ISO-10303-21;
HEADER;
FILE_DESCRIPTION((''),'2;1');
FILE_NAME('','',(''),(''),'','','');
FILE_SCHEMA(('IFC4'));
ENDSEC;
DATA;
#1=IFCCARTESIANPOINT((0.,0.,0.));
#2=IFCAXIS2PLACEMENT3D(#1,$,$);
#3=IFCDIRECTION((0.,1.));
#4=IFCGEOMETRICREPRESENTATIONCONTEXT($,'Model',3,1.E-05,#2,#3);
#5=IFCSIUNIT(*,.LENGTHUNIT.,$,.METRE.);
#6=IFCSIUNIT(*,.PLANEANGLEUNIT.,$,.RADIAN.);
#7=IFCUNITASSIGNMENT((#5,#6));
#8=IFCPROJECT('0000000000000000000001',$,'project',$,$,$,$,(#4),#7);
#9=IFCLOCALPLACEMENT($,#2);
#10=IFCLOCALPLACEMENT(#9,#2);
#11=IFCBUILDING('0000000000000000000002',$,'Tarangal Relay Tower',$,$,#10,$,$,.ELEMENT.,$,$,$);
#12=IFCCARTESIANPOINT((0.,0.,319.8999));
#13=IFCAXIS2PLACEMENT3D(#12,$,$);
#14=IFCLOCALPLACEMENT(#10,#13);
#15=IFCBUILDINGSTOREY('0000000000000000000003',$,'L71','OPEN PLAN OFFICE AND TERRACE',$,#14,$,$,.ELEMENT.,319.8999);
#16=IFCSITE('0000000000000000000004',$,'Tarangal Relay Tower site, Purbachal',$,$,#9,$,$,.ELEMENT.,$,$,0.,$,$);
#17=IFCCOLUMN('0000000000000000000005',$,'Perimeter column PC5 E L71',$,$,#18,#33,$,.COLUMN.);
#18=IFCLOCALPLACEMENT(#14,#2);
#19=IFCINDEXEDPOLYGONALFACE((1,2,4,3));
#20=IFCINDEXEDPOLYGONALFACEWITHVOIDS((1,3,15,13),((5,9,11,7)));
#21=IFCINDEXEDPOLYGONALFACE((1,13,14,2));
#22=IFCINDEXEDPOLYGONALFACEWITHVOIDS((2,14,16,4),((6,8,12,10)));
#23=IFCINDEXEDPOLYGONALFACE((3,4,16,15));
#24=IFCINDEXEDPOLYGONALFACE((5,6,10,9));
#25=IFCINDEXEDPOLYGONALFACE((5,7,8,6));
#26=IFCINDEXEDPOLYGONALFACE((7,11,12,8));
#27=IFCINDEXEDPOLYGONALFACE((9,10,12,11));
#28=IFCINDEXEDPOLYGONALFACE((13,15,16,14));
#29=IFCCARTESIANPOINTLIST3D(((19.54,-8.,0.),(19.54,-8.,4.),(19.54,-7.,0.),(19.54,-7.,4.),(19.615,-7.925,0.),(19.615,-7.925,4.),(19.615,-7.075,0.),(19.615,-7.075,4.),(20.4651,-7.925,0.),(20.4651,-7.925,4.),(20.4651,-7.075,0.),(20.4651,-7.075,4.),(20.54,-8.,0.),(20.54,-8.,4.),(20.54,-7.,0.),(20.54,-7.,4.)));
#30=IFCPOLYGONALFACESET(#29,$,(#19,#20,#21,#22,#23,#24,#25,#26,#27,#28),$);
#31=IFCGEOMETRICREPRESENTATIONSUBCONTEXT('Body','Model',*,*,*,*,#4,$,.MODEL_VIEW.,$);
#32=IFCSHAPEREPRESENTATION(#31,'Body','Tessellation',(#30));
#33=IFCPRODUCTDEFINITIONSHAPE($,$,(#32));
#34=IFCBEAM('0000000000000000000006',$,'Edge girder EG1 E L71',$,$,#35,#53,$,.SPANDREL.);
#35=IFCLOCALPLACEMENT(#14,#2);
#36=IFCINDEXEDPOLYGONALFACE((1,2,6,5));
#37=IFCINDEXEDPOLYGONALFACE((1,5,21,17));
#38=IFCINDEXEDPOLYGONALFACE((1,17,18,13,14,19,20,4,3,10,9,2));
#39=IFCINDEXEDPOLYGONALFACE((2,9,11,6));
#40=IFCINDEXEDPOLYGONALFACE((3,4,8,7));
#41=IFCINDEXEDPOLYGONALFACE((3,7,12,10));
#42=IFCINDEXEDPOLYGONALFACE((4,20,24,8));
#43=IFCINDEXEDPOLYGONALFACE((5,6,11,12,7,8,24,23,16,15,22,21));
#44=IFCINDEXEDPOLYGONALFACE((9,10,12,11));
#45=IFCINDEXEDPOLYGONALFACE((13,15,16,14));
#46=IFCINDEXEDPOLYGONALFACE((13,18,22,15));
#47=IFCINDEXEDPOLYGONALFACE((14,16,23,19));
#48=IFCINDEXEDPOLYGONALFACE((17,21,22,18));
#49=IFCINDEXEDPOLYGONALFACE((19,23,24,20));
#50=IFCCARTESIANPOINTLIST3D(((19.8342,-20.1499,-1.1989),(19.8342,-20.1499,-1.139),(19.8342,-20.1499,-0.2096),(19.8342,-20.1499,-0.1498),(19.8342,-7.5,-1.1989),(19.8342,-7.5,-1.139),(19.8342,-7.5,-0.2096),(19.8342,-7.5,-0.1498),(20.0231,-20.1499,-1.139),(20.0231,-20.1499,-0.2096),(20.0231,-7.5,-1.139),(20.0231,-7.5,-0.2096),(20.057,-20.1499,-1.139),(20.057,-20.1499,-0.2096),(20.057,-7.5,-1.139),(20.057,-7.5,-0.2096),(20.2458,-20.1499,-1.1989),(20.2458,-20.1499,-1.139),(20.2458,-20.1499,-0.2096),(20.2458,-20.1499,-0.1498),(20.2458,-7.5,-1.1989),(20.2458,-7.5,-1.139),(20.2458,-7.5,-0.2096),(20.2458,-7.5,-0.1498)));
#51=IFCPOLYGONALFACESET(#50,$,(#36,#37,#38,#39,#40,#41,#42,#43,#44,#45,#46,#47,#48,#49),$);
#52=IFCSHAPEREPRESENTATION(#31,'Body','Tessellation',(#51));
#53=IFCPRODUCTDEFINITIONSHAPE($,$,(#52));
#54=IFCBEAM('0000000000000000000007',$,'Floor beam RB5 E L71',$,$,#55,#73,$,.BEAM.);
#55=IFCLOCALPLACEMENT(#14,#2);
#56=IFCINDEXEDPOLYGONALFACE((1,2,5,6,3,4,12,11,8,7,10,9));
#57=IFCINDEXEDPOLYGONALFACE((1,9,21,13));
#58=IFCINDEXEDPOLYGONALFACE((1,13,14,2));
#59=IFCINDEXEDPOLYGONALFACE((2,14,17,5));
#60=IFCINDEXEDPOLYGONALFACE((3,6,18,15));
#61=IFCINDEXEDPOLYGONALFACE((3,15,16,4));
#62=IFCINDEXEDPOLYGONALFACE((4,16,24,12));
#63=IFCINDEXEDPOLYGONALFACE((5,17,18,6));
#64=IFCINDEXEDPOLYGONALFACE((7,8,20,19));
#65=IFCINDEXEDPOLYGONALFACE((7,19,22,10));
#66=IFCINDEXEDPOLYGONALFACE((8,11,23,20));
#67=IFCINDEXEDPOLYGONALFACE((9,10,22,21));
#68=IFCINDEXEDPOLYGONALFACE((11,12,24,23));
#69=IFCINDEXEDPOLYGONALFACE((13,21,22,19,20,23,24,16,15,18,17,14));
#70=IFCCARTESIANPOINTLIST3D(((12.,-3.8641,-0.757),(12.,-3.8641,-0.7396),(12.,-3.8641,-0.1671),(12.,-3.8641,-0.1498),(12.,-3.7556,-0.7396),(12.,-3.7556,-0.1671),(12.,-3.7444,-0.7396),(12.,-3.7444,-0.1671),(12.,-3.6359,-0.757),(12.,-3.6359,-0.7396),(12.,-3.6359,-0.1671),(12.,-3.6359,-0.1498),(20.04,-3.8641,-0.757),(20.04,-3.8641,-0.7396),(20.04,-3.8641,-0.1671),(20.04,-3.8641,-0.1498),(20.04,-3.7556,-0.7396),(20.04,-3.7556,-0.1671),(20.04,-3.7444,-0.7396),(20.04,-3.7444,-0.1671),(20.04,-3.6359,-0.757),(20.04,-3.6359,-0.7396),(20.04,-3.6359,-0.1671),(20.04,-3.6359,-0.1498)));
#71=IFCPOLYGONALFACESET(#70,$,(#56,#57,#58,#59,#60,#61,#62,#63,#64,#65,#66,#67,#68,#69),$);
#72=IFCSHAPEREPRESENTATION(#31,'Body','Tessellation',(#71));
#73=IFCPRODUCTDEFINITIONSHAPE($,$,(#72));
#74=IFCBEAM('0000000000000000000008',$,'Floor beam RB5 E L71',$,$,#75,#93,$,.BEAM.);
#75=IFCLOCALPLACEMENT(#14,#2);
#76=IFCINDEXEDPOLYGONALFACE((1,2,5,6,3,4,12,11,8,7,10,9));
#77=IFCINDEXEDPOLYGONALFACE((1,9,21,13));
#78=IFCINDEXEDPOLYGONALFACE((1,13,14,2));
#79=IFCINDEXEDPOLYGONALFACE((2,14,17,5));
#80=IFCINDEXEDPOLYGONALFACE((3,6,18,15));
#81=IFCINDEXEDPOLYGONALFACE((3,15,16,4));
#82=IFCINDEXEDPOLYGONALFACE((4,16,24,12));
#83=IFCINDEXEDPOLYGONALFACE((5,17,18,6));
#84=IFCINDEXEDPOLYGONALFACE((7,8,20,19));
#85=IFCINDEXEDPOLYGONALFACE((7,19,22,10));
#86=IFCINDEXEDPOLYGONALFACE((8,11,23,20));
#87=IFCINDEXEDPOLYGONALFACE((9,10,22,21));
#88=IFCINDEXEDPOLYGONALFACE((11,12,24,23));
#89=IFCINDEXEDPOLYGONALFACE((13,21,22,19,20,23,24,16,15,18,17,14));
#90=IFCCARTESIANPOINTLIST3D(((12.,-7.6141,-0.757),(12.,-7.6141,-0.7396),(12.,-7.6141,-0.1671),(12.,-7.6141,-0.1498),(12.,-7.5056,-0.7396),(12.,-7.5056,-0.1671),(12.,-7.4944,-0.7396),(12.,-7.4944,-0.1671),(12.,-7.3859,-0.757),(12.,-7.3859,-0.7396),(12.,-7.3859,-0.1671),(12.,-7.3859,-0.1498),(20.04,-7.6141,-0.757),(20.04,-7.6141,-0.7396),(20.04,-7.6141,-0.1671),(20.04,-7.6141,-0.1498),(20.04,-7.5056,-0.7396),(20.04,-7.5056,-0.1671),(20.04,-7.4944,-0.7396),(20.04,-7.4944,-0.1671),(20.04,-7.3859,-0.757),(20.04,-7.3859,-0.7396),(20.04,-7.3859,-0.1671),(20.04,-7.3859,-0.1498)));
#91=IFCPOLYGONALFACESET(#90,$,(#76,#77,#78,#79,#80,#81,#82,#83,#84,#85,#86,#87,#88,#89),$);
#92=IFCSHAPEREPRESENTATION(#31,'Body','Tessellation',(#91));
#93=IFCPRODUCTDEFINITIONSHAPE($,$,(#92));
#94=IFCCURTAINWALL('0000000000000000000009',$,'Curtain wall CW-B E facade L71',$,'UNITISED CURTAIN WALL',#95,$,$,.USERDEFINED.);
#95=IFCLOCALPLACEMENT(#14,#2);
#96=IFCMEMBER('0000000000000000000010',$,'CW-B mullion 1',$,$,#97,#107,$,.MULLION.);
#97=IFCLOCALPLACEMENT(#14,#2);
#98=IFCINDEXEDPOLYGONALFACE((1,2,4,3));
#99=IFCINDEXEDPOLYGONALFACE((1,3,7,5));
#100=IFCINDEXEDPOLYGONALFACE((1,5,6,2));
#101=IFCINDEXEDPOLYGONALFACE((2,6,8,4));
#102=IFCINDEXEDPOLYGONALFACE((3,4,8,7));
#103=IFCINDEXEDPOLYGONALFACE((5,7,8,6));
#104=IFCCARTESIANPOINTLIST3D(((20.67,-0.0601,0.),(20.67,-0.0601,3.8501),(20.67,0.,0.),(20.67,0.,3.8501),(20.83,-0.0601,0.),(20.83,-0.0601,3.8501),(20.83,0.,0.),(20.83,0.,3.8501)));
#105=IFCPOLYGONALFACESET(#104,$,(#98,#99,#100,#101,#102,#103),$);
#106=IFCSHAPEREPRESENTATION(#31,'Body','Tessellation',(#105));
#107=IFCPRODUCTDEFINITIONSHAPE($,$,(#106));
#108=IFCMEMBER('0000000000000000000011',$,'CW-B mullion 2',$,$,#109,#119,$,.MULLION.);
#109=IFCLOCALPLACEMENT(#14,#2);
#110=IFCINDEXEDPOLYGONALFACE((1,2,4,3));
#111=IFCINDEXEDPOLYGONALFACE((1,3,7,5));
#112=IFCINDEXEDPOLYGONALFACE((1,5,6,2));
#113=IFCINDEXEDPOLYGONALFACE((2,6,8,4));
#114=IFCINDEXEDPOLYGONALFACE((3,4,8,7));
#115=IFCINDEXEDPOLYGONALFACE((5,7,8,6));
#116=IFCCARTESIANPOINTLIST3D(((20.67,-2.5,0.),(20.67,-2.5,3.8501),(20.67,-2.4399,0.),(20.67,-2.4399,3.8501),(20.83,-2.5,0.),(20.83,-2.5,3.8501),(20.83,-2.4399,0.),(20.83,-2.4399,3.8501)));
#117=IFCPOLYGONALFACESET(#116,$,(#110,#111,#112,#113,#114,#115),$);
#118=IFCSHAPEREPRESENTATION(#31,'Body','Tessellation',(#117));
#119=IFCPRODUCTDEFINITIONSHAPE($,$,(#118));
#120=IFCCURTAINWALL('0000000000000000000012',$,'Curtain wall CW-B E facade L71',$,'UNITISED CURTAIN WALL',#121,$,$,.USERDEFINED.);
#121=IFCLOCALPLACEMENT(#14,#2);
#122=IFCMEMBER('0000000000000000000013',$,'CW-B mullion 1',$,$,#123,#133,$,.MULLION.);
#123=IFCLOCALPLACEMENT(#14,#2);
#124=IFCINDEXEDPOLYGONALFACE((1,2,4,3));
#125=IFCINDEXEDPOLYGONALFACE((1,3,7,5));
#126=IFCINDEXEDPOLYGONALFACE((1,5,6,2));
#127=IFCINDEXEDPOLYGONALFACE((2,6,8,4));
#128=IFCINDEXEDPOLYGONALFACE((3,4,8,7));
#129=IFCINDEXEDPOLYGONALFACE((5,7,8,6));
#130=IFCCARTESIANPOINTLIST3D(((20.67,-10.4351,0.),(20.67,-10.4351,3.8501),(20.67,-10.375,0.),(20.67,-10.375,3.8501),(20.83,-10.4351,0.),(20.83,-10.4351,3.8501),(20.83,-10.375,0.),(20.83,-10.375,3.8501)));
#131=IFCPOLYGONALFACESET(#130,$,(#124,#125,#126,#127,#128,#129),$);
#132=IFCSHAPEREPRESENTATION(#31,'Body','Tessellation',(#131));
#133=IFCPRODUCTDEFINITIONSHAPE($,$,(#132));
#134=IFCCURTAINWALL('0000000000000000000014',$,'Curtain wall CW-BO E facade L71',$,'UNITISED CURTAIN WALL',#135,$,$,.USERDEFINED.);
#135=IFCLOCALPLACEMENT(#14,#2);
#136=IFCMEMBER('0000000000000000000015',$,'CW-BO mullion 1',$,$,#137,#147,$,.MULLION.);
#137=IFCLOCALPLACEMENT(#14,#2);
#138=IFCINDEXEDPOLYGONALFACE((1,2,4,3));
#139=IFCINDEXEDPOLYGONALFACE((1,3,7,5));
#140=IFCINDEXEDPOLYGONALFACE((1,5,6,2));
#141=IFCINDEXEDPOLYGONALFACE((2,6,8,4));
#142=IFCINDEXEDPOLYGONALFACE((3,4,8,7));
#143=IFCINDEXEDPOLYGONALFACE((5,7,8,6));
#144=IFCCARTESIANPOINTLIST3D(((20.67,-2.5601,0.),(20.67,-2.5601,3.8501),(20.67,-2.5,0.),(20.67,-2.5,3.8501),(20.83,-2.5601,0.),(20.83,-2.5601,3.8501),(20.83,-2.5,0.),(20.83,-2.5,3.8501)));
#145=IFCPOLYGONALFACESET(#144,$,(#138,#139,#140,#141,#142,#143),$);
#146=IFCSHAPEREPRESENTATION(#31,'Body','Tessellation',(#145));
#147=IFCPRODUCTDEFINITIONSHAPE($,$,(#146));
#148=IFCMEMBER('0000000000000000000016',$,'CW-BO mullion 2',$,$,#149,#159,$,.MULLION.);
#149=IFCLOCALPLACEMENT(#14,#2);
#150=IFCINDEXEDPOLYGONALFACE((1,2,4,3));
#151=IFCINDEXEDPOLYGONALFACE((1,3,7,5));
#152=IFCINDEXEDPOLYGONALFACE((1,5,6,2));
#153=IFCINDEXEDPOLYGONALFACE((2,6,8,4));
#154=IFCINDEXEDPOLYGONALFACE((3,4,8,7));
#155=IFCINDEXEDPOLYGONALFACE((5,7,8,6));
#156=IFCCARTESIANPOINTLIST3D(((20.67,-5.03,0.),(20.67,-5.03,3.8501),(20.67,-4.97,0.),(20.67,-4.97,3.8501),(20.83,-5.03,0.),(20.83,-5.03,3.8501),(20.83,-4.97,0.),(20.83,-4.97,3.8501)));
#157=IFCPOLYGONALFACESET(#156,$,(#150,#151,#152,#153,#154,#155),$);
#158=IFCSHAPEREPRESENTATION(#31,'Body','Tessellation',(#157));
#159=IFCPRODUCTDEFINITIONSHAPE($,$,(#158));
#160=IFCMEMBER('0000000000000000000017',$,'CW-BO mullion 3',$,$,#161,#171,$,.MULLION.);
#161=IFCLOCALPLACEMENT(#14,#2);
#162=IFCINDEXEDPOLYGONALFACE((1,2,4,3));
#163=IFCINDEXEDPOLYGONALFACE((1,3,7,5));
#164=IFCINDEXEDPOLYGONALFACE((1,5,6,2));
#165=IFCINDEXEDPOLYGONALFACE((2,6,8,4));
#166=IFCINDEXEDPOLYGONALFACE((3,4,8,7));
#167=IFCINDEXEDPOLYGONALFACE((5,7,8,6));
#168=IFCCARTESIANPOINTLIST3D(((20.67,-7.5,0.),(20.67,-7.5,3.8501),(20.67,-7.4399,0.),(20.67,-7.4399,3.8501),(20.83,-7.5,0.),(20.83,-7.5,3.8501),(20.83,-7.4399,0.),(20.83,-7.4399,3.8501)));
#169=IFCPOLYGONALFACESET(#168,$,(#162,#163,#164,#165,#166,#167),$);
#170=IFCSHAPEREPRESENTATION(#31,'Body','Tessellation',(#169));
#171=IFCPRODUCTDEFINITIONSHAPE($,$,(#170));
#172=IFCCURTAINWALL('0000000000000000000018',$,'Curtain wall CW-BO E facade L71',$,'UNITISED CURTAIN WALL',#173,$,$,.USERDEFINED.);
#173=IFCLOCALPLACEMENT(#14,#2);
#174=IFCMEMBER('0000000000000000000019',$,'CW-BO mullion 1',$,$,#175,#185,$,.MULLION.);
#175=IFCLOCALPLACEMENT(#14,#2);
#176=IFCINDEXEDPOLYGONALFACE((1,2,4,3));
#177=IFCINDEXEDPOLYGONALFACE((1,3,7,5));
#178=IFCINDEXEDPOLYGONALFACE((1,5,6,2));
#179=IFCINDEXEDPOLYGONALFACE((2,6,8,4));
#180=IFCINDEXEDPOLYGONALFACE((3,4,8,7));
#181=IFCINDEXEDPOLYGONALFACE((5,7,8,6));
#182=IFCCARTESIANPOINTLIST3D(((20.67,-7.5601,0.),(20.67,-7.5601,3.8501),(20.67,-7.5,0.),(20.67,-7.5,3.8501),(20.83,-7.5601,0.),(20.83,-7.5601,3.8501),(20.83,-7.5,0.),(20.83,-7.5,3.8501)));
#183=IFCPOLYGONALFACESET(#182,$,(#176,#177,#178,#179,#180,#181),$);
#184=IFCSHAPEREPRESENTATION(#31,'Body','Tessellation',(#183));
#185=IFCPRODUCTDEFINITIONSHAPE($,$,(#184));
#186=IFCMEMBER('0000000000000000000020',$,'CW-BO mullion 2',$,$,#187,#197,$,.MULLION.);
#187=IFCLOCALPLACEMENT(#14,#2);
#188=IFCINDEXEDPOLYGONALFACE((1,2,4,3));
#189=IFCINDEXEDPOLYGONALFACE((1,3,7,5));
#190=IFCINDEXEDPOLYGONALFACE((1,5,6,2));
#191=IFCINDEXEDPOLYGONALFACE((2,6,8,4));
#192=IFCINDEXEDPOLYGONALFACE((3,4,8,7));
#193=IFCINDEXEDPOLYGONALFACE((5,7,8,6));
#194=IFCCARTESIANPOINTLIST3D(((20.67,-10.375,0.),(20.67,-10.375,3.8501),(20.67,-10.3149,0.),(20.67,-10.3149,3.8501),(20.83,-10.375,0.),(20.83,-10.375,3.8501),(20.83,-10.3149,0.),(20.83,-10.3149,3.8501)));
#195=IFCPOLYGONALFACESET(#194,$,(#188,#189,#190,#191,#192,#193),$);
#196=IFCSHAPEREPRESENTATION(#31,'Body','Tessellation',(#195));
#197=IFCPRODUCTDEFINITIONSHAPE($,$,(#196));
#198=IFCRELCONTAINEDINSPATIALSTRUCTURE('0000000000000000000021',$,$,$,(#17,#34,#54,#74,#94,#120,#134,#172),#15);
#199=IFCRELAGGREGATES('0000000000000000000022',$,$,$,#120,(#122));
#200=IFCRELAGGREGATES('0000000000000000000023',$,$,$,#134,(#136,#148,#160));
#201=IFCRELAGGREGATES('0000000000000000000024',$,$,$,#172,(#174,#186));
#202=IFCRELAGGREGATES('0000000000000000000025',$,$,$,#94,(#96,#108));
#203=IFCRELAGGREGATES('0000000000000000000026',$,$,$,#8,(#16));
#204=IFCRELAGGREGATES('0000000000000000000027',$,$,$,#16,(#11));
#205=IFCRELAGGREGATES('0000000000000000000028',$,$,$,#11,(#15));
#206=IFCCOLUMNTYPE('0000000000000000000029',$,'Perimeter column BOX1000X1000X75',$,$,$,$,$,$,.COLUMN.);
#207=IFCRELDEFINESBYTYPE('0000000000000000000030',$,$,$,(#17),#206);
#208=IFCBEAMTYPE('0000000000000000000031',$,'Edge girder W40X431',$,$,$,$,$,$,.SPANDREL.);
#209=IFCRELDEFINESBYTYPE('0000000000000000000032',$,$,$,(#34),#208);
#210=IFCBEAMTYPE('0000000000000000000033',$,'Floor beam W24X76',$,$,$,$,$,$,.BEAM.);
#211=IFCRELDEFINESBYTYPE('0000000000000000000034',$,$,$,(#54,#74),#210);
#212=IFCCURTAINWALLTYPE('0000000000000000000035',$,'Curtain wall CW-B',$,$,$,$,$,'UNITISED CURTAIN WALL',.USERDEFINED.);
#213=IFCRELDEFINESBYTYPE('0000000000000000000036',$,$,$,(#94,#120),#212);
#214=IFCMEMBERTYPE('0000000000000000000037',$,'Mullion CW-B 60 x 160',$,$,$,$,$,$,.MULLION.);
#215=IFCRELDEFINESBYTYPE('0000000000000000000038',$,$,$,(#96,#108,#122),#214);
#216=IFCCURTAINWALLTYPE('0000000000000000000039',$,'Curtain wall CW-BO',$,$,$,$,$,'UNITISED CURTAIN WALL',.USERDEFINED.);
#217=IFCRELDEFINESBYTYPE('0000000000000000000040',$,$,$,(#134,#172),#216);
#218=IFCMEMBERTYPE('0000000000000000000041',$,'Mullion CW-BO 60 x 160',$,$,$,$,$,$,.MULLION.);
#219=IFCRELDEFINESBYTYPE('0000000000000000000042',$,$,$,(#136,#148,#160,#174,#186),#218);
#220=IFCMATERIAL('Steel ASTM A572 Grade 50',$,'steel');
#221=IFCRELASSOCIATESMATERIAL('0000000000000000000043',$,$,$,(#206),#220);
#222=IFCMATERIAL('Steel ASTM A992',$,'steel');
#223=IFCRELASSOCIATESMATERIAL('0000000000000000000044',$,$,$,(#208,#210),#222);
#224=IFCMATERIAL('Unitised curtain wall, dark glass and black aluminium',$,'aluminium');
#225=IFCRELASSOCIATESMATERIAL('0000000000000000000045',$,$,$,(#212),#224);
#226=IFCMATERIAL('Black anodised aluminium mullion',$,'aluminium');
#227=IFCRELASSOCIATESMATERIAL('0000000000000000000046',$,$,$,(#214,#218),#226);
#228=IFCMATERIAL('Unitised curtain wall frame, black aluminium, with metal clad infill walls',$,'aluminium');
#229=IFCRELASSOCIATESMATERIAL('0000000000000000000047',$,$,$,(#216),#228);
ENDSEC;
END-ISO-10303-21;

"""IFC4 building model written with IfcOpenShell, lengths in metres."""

from ifc_helpers import new_model, si_unit, direction, frame, origin, origin_2d, place, context, subcontext, project, spatial, rectangle, hollow_rectangle, i_section, extrude, material, material_profile, profile_set, type_object, element, aggregate, save


model = new_model("IFC4")

# Units and contexts
model_context = context("Model", 3, precision=1e-05, world=origin(), true_north=direction((0.0, 1.0)))
body_context = subcontext(model_context, "Body", "Model", "MODEL_VIEW")
ifc_project = project(units=[si_unit("LENGTHUNIT", "METRE"), si_unit("PLANEANGLEUNIT", "RADIAN")], contexts=[model_context])

# Site, building, storey
site_placement = place(None, origin())
site = spatial("IfcSite", under=ifc_project, at=site_placement, Name="Tarangal Relay Tower site, Purbachal", CompositionType="ELEMENT", RefElevation=0.0)
building_placement = place(site_placement, origin())
building = spatial("IfcBuilding", under=site, at=building_placement, Name="Tarangal Relay Tower", CompositionType="ELEMENT")
storey_placement = place(building_placement, frame((0.0, 0.0, 319.8999)))
storey = spatial("IfcBuildingStorey", under=building, at=storey_placement, Name="L71", Description="OPEN PLAN OFFICE AND TERRACE", CompositionType="ELEMENT", Elevation=319.8999)

# Column
ifc_material_1 = material(Name="Steel ASTM A572 Grade 50", Category="steel")
ifc_material_profile_1 = material_profile(ifc_material_1, hollow_rectangle(XDim=1.0, YDim=1.0, WallThickness=0.075, at=origin_2d()), Name="BOX1000X1000X75")
ifc_profile_set_1 = profile_set([ifc_material_profile_1], Name="Steel ASTM A572 Grade 50")
column_type = type_object("IfcColumnType", Name="Perimeter column BOX1000X1000X75", PredefinedType="COLUMN", material=ifc_profile_set_1)
column_placement = place(storey_placement, frame((20.04, -7.5, 0.0), z_axis=(0.0, 0.0, 1.0), x_axis=(1.0, 0.0, 0.0)))
element("IfcColumn", 1, at=column_placement, inside=storey, type_object=column_type, Name="Perimeter column PC5 E L71", PredefinedType="COLUMN", context=body_context, shape_type="SweptSolid", body=[
    extrude(hollow_rectangle(XDim=1.0, YDim=1.0, WallThickness=0.075, at=origin_2d()), origin(), (0.0, 0.0, 1.0), 4.0),
])

# Beams
ifc_material_2 = material(Name="Steel ASTM A992", Category="steel")
ifc_material_profile_2 = material_profile(ifc_material_2, i_section(OverallWidth=0.4116, OverallDepth=1.0491, WebThickness=0.0339, FlangeThickness=0.0598, at=origin_2d()), Name="W40X431")
ifc_profile_set_2 = profile_set([ifc_material_profile_2], Name="Steel ASTM A992")
beam_type_1 = type_object("IfcBeamType", Name="Edge girder W40X431", PredefinedType="SPANDREL", material=ifc_profile_set_2)
beam_placement = place(storey_placement, frame((20.04, -7.5, -0.6743), z_axis=(0.0, -1.0, 0.0), x_axis=(1.0, 0.0, 0.0)))
element("IfcBeam", 2, at=beam_placement, inside=storey, type_object=beam_type_1, Name="Edge girder EG1 E L71", PredefinedType="SPANDREL", context=body_context, shape_type="SweptSolid", body=[
    extrude(i_section(OverallWidth=0.4116, OverallDepth=1.0491, WebThickness=0.0339, FlangeThickness=0.0598, at=origin_2d()), origin(), (0.0, 0.0, 1.0), 12.6499),
])
ifc_material_profile_3 = material_profile(ifc_material_2, i_section(OverallWidth=0.2283, OverallDepth=0.6072, WebThickness=0.0112, FlangeThickness=0.0173, at=origin_2d()), Name="W24X76")
ifc_profile_set_3 = profile_set([ifc_material_profile_3], Name="Steel ASTM A992")
beam_type_2 = type_object("IfcBeamType", Name="Floor beam W24X76", PredefinedType="BEAM", material=ifc_profile_set_3)
for number, where, z_axis, x_axis, name in (
    (3, (12.0, -3.75, -0.4534), (1.0, 0.0, 0.0), (0.0, 1.0, 0.0), "Floor beam RB5 E L71"),
    (4, (12.0, -7.5, -0.4534), (1.0, 0.0, 0.0), (0.0, 1.0, 0.0), "Floor beam RB5 E L71"),
):
    element("IfcBeam", number, at=place(storey_placement, frame(where, z_axis=z_axis, x_axis=x_axis)), inside=storey, type_object=beam_type_2, Name=name, PredefinedType="BEAM", context=body_context, shape_type="SweptSolid", body=[
        extrude(i_section(OverallWidth=0.2283, OverallDepth=0.6072, WebThickness=0.0112, FlangeThickness=0.0173, at=origin_2d()), origin(), (0.0, 0.0, 1.0), 8.04),
    ])

# Curtain wall, members
ifc_material_3 = material(Name="Unitised curtain wall, dark glass and black aluminium", Category="aluminium")
curtain_wall_type_1 = type_object("IfcCurtainWallType", Name="Curtain wall CW-B", ElementType="UNITISED CURTAIN WALL", PredefinedType="USERDEFINED", material=ifc_material_3)
curtain_wall_1_placement = place(storey_placement, origin())
curtain_wall_1 = element("IfcCurtainWall", 5, at=curtain_wall_1_placement, inside=storey, type_object=curtain_wall_type_1, Name="Curtain wall CW-B E facade L71", ObjectType="UNITISED CURTAIN WALL", PredefinedType="USERDEFINED")
ifc_material_4 = material(Name="Black anodised aluminium mullion", Category="aluminium")
ifc_material_profile_4 = material_profile(ifc_material_4, rectangle(XDim=0.1599, YDim=0.0601, at=origin_2d()), Name="CW-BM 60X160")
ifc_profile_set_4 = profile_set([ifc_material_profile_4], Name="Black anodised aluminium mullion")
member_type_1 = type_object("IfcMemberType", Name="Mullion CW-B 60 x 160", PredefinedType="MULLION", material=ifc_profile_set_4)
member_1_placement = place(storey_placement, frame((20.75, -0.03, 0.0), z_axis=(0.0, 0.0, 1.0), x_axis=(1.0, 0.0, 0.0)))
member_1 = element("IfcMember", 6, at=member_1_placement, type_object=member_type_1, Name="CW-B mullion 1", PredefinedType="MULLION", context=body_context, shape_type="SweptSolid", body=[
    extrude(rectangle(XDim=0.1599, YDim=0.0601, at=origin_2d()), origin(), (0.0, 0.0, 1.0), 3.8501),
])
member_2_placement = place(storey_placement, frame((20.75, -2.47, 0.0), z_axis=(0.0, 0.0, 1.0), x_axis=(1.0, 0.0, 0.0)))
member_2 = element("IfcMember", 7, at=member_2_placement, type_object=member_type_1, Name="CW-B mullion 2", PredefinedType="MULLION", context=body_context, shape_type="SweptSolid", body=[
    extrude(rectangle(XDim=0.1599, YDim=0.0601, at=origin_2d()), origin(), (0.0, 0.0, 1.0), 3.8501),
])

# Curtain wall, member
curtain_wall_2_placement = place(storey_placement, origin())
curtain_wall_2 = element("IfcCurtainWall", 8, at=curtain_wall_2_placement, inside=storey, type_object=curtain_wall_type_1, Name="Curtain wall CW-B E facade L71", ObjectType="UNITISED CURTAIN WALL", PredefinedType="USERDEFINED")
member_3_placement = place(storey_placement, frame((20.75, -10.405, 0.0), z_axis=(0.0, 0.0, 1.0), x_axis=(1.0, 0.0, 0.0)))
member_3 = element("IfcMember", 9, at=member_3_placement, type_object=member_type_1, Name="CW-B mullion 1", PredefinedType="MULLION", context=body_context, shape_type="SweptSolid", body=[
    extrude(rectangle(XDim=0.1599, YDim=0.0601, at=origin_2d()), origin(), (0.0, 0.0, 1.0), 3.8501),
])

# Curtain walls, members
ifc_material_5 = material(Name="Unitised curtain wall frame, black aluminium, with metal clad infill walls", Category="aluminium")
curtain_wall_type_2 = type_object("IfcCurtainWallType", Name="Curtain wall CW-BO", ElementType="UNITISED CURTAIN WALL", PredefinedType="USERDEFINED", material=ifc_material_5)
curtain_wall_3_placement = place(storey_placement, origin())
curtain_wall_3 = element("IfcCurtainWall", 10, at=curtain_wall_3_placement, inside=storey, type_object=curtain_wall_type_2, Name="Curtain wall CW-BO E facade L71", ObjectType="UNITISED CURTAIN WALL", PredefinedType="USERDEFINED")
ifc_material_profile_5 = material_profile(ifc_material_4, rectangle(XDim=0.1599, YDim=0.0601, at=origin_2d()), Name="CW-BOM 60X160")
ifc_profile_set_5 = profile_set([ifc_material_profile_5], Name="Black anodised aluminium mullion")
member_type_2 = type_object("IfcMemberType", Name="Mullion CW-BO 60 x 160", PredefinedType="MULLION", material=ifc_profile_set_5)
member_4_placement = place(storey_placement, frame((20.75, -2.53, 0.0), z_axis=(0.0, 0.0, 1.0), x_axis=(1.0, 0.0, 0.0)))
member_4 = element("IfcMember", 11, at=member_4_placement, type_object=member_type_2, Name="CW-BO mullion 1", PredefinedType="MULLION", context=body_context, shape_type="SweptSolid", body=[
    extrude(rectangle(XDim=0.1599, YDim=0.0601, at=origin_2d()), origin(), (0.0, 0.0, 1.0), 3.8501),
])
member_5_placement = place(storey_placement, frame((20.75, -5.0, 0.0), z_axis=(0.0, 0.0, 1.0), x_axis=(1.0, 0.0, 0.0)))
member_5 = element("IfcMember", 12, at=member_5_placement, type_object=member_type_2, Name="CW-BO mullion 2", PredefinedType="MULLION", context=body_context, shape_type="SweptSolid", body=[
    extrude(rectangle(XDim=0.1599, YDim=0.0601, at=origin_2d()), origin(), (0.0, 0.0, 1.0), 3.8501),
])
member_6_placement = place(storey_placement, frame((20.75, -7.47, 0.0), z_axis=(0.0, 0.0, 1.0), x_axis=(1.0, 0.0, 0.0)))
member_6 = element("IfcMember", 13, at=member_6_placement, type_object=member_type_2, Name="CW-BO mullion 3", PredefinedType="MULLION", context=body_context, shape_type="SweptSolid", body=[
    extrude(rectangle(XDim=0.1599, YDim=0.0601, at=origin_2d()), origin(), (0.0, 0.0, 1.0), 3.8501),
])
curtain_wall_4_placement = place(storey_placement, origin())
curtain_wall_4 = element("IfcCurtainWall", 14, at=curtain_wall_4_placement, inside=storey, type_object=curtain_wall_type_2, Name="Curtain wall CW-BO E facade L71", ObjectType="UNITISED CURTAIN WALL", PredefinedType="USERDEFINED")
member_7_placement = place(storey_placement, frame((20.75, -7.53, 0.0), z_axis=(0.0, 0.0, 1.0), x_axis=(1.0, 0.0, 0.0)))
member_7 = element("IfcMember", 15, at=member_7_placement, type_object=member_type_2, Name="CW-BO mullion 1", PredefinedType="MULLION", context=body_context, shape_type="SweptSolid", body=[
    extrude(rectangle(XDim=0.1599, YDim=0.0601, at=origin_2d()), origin(), (0.0, 0.0, 1.0), 3.8501),
])
member_8_placement = place(storey_placement, frame((20.75, -10.345, 0.0), z_axis=(0.0, 0.0, 1.0), x_axis=(1.0, 0.0, 0.0)))
member_8 = element("IfcMember", 16, at=member_8_placement, type_object=member_type_2, Name="CW-BO mullion 2", PredefinedType="MULLION", context=body_context, shape_type="SweptSolid", body=[
    extrude(rectangle(XDim=0.1599, YDim=0.0601, at=origin_2d()), origin(), (0.0, 0.0, 1.0), 3.8501),
])

aggregate(curtain_wall_2, [member_3])
aggregate(curtain_wall_3, [member_4, member_5, member_6])
aggregate(curtain_wall_4, [member_7, member_8])

aggregate(curtain_wall_1, [member_1, member_2])

save(model, "model.ifc")
